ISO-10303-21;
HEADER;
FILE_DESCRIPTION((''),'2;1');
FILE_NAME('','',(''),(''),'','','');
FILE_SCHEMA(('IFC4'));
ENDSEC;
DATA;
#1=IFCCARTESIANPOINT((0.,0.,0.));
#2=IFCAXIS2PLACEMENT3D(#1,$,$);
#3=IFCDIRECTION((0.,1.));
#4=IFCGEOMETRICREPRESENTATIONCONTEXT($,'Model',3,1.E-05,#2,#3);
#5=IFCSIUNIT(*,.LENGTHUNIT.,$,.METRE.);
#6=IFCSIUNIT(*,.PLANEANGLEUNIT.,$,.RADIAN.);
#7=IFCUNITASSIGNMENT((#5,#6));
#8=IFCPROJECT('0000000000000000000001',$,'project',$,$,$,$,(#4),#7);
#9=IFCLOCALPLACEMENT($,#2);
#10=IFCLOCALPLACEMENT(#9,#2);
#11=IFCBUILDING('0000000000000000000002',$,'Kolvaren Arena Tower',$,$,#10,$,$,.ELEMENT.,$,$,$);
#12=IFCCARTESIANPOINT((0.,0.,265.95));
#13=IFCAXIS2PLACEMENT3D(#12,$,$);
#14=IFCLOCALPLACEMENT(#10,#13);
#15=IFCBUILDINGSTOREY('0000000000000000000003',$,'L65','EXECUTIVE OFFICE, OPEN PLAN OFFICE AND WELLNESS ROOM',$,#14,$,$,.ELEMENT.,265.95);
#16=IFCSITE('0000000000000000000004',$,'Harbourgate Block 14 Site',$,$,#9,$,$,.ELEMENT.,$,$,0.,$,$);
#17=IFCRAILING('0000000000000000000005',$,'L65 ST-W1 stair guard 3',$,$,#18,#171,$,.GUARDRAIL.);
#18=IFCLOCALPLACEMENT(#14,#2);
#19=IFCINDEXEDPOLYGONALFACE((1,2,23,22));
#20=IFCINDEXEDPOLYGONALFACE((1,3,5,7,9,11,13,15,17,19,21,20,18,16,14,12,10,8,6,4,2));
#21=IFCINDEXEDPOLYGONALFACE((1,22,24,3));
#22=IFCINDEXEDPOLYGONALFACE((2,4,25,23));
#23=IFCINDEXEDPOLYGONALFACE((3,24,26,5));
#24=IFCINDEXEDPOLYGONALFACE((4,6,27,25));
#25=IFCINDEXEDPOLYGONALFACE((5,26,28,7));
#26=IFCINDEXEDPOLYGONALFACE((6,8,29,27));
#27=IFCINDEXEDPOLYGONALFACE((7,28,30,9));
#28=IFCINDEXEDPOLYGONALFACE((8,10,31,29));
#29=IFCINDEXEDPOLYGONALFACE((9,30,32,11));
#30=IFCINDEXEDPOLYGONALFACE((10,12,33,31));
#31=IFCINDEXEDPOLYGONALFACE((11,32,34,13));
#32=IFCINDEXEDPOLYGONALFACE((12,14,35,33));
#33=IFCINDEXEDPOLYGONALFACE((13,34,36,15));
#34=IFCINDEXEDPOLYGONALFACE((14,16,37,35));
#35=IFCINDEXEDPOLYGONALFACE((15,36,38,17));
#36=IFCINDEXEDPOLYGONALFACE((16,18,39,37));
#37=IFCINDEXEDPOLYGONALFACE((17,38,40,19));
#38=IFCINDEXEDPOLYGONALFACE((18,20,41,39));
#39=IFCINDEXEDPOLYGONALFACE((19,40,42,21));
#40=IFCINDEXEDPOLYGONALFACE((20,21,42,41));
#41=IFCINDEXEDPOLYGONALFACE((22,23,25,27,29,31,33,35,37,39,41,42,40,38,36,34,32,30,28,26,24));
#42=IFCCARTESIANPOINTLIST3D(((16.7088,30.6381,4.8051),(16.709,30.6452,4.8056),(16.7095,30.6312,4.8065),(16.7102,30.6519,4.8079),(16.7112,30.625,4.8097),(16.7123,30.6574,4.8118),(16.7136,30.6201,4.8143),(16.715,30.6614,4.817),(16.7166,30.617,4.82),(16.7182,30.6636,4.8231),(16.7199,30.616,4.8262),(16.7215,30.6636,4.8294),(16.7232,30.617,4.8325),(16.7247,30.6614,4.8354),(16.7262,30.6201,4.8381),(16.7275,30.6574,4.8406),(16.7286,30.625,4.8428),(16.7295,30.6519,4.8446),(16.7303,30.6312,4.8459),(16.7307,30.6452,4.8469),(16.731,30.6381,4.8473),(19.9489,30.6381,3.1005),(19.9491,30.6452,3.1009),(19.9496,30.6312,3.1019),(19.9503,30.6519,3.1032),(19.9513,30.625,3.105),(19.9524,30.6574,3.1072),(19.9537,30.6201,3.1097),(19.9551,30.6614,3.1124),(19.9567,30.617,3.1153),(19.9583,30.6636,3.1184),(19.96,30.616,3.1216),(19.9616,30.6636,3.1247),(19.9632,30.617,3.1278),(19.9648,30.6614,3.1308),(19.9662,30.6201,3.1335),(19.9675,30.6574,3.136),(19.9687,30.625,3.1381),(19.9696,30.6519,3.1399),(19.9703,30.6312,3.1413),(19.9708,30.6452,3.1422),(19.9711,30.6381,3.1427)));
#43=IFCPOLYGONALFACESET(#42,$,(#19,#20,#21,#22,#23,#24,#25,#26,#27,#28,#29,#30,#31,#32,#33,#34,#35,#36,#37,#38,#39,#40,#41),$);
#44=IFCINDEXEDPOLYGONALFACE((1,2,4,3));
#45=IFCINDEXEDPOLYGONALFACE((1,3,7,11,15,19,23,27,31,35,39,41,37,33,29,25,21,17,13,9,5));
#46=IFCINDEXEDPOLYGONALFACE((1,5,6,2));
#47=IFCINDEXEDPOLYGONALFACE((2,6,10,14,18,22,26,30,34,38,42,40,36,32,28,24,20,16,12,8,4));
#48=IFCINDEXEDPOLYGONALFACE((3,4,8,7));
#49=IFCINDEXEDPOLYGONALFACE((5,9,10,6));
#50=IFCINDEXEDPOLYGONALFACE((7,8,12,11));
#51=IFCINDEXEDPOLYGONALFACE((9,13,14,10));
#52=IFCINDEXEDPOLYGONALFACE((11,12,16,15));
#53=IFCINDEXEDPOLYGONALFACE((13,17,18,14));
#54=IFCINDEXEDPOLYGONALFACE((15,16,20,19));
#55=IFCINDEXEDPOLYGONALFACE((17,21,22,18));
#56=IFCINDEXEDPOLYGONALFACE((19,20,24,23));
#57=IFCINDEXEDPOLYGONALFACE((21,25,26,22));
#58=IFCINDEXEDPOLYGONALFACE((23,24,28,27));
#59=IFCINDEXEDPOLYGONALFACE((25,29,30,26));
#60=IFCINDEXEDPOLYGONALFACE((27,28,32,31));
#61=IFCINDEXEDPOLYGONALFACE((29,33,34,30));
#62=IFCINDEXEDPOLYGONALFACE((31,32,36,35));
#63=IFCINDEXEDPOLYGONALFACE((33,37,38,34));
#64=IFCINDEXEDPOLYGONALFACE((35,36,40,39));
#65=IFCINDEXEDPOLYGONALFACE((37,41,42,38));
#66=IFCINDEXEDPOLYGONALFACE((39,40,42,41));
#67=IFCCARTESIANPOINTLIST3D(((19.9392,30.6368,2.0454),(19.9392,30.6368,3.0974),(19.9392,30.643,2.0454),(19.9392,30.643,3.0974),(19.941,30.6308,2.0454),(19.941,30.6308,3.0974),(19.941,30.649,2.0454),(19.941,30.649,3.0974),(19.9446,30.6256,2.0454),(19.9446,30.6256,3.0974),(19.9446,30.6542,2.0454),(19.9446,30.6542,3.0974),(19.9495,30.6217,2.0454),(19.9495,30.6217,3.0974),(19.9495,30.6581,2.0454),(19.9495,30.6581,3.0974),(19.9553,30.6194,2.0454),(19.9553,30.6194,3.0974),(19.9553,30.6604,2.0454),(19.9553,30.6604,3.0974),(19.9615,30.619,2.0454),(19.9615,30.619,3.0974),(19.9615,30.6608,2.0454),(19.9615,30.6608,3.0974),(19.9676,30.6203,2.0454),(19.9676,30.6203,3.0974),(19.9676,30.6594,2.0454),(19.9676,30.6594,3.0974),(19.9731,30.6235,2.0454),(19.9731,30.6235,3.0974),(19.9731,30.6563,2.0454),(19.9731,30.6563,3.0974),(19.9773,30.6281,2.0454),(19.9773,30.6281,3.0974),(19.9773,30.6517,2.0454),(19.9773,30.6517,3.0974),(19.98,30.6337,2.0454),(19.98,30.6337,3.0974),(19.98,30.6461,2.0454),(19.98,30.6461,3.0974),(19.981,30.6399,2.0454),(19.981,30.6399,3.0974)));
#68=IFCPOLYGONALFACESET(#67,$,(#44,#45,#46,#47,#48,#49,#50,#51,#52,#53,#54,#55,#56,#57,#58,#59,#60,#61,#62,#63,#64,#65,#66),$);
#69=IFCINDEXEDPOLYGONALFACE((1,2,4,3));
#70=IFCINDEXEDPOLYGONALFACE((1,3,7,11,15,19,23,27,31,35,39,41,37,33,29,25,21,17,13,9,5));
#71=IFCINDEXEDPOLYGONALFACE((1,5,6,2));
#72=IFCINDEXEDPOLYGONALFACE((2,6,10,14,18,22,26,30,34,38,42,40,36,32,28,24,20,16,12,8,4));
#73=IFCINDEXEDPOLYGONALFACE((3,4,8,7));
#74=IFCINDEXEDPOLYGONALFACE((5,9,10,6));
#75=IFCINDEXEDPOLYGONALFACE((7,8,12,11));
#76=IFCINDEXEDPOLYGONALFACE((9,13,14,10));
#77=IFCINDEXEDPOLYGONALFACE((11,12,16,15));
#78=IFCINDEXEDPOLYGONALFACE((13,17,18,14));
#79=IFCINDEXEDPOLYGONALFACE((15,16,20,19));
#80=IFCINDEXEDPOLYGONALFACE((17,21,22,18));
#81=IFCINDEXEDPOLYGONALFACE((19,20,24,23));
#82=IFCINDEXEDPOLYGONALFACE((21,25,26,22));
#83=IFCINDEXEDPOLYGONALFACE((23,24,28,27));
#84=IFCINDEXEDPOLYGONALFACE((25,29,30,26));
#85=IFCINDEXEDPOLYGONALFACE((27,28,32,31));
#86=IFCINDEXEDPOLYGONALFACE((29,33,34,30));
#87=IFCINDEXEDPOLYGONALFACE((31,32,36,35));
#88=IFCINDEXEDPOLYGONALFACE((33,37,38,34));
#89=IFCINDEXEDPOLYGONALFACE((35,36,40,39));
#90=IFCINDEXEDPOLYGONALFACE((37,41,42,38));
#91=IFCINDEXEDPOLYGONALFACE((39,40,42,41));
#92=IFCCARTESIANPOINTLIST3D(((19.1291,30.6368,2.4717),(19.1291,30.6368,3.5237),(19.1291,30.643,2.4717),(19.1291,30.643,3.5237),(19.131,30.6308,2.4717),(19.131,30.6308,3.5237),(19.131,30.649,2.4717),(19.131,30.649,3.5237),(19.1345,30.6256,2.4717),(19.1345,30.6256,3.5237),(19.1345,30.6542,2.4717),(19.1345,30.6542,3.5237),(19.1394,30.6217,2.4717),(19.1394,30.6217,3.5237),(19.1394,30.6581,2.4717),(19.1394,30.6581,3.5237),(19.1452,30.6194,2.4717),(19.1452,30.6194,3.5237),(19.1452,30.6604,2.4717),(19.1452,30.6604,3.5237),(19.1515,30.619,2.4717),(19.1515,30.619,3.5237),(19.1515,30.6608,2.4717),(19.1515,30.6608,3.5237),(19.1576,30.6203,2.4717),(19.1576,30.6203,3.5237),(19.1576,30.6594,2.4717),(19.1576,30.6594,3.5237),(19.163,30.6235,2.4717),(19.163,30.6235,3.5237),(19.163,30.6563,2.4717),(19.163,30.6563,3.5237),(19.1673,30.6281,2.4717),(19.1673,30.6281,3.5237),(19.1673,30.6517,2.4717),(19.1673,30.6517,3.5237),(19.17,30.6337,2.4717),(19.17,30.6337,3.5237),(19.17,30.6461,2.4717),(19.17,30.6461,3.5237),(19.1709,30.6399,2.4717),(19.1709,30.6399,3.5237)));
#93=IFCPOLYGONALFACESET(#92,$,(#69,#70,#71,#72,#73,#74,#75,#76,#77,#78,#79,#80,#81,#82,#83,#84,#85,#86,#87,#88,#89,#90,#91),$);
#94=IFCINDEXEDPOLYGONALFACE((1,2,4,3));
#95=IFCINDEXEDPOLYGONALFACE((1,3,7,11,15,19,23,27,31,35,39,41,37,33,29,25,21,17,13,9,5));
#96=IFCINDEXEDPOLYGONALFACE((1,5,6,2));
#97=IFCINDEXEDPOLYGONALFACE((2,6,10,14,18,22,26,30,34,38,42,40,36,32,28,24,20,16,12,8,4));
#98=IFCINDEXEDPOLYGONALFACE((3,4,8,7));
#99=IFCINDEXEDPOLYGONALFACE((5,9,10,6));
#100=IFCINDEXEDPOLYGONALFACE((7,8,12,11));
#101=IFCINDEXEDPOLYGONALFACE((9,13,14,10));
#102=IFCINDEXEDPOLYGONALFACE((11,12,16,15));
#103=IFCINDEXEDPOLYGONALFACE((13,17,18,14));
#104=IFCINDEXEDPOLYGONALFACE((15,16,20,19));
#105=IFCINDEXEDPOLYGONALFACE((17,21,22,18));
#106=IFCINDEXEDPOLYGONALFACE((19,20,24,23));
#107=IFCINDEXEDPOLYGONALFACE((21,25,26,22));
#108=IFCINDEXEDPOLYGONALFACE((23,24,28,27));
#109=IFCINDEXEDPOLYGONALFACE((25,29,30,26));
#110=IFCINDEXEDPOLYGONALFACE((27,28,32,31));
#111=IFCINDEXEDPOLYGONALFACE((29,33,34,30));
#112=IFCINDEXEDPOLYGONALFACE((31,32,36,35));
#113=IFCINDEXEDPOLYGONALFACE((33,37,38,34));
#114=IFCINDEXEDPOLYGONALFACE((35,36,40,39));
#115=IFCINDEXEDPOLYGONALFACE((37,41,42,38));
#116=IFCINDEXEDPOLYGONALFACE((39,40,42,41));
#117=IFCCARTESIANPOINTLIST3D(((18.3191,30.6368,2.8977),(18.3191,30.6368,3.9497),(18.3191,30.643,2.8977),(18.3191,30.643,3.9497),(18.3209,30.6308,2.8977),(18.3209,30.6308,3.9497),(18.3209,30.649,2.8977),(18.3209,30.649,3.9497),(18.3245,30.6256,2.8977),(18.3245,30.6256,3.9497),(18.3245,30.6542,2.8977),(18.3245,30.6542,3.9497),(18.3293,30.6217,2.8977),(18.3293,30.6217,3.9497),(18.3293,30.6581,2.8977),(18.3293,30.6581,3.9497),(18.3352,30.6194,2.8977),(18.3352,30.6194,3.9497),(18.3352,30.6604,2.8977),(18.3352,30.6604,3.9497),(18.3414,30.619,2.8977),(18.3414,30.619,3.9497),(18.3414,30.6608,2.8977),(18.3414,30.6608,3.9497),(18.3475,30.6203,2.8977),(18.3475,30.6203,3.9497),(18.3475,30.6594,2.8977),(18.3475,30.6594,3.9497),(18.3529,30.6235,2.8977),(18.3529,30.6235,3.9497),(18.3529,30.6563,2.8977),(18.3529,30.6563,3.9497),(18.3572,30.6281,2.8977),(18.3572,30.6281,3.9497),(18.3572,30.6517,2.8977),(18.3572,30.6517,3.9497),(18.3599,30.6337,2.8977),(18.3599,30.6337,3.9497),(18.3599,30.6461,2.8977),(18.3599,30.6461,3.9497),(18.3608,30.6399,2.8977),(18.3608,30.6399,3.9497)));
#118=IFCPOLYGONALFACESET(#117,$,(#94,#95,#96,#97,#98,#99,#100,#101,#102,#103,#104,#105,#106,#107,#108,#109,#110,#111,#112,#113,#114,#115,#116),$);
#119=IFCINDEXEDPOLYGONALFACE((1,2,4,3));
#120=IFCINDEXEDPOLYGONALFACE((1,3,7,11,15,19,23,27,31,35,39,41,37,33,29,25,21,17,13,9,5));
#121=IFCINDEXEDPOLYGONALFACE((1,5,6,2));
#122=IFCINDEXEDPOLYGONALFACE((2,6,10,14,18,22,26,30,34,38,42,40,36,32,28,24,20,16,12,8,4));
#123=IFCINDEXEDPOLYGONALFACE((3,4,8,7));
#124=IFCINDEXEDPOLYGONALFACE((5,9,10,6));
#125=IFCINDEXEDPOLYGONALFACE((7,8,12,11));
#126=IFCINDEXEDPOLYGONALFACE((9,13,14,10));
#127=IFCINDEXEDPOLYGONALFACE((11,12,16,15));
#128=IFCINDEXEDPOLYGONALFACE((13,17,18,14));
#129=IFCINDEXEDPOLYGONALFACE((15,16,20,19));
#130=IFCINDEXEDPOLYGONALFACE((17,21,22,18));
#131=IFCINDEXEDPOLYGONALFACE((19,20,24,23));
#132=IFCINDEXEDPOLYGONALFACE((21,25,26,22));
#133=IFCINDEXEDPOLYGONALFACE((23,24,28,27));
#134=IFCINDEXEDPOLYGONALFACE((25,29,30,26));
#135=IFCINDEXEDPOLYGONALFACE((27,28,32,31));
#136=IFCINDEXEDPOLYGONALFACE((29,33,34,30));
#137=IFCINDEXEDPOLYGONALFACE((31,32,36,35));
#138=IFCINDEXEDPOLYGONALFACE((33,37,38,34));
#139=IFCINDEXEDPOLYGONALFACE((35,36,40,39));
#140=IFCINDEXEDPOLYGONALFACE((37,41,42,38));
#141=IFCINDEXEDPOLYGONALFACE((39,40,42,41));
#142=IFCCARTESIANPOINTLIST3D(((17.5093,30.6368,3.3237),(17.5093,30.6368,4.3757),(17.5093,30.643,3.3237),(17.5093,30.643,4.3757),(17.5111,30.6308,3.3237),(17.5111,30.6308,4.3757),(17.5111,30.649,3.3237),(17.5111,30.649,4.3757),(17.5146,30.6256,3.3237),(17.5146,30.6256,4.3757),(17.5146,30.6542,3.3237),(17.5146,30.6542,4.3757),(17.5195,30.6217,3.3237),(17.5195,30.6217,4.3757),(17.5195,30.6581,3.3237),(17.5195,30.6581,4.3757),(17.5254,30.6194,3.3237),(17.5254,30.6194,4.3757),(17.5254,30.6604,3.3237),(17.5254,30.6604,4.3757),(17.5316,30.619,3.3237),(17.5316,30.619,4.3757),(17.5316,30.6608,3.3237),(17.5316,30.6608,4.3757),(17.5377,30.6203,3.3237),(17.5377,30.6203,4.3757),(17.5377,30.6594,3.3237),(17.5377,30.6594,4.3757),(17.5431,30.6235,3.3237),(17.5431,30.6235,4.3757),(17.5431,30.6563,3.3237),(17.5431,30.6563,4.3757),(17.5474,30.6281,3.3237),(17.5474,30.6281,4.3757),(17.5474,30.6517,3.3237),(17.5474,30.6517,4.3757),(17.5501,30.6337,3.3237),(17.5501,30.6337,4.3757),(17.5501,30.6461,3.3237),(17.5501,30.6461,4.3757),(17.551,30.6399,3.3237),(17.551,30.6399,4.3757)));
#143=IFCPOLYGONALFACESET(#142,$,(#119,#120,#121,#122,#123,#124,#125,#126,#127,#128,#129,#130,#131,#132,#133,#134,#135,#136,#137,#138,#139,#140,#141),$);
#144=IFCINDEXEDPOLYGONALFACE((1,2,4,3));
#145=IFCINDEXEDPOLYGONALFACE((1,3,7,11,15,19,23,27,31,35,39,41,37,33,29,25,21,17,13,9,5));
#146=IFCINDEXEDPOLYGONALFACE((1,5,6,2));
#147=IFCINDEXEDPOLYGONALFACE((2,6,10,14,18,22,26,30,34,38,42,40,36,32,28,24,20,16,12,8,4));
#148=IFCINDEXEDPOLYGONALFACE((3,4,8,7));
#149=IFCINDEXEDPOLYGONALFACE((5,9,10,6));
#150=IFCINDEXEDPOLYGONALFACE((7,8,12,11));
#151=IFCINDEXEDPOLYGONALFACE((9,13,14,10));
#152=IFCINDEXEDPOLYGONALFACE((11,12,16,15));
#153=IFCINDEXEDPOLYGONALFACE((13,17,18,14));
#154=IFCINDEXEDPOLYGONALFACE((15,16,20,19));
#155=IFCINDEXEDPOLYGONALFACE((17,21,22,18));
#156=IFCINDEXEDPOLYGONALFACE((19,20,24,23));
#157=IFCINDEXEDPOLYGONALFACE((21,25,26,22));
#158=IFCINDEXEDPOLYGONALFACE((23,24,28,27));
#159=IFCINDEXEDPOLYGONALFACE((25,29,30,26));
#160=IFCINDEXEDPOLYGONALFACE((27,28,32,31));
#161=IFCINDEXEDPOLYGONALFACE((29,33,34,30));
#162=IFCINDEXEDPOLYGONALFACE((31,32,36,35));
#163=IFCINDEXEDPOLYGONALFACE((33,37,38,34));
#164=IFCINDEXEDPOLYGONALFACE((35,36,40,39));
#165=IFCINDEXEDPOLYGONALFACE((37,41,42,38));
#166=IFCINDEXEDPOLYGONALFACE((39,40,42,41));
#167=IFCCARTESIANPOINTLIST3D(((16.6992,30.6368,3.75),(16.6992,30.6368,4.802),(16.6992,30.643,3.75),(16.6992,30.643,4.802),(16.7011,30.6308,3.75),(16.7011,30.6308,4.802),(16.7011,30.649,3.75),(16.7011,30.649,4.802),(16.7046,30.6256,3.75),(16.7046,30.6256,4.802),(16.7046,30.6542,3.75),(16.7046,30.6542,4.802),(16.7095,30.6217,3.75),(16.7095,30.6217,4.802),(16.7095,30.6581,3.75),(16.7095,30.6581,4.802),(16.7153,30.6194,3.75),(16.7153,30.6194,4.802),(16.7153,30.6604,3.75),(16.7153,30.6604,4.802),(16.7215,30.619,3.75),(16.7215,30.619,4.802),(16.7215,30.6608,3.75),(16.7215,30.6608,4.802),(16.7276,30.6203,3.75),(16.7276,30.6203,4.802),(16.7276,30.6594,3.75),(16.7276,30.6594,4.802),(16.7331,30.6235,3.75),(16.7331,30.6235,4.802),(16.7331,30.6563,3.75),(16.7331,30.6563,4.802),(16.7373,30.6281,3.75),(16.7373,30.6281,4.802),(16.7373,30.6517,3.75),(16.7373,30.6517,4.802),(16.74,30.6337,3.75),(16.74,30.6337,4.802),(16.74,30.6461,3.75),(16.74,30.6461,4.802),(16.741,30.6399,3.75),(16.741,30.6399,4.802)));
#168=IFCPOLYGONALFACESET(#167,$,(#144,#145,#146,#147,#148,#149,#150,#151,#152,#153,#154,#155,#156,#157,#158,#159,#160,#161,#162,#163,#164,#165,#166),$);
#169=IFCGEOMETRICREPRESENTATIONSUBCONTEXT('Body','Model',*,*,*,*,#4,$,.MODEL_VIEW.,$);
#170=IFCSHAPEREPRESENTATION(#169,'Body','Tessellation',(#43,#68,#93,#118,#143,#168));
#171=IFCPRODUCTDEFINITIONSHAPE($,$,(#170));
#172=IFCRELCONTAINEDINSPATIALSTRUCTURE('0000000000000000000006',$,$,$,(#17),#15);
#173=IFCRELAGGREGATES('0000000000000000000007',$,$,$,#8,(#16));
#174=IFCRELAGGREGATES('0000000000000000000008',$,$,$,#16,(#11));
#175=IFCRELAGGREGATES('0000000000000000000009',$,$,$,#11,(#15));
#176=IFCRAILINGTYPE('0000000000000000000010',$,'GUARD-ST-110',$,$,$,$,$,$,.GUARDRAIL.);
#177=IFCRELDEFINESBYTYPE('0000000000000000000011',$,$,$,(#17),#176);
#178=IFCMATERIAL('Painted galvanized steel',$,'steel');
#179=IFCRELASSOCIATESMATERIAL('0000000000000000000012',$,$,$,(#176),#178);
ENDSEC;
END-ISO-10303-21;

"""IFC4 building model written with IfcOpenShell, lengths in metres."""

from ifc_helpers import new_model, si_unit, direction, frame, origin, origin_2d, place, context, subcontext, project, spatial, circle, extrude, material, type_object, element, save


model = new_model("IFC4")

# Units and contexts
model_context = context("Model", 3, precision=1e-05, world=origin(), true_north=direction((0.0, 1.0)))
body_context = subcontext(model_context, "Body", "Model", "MODEL_VIEW")
ifc_project = project(units=[si_unit("LENGTHUNIT", "METRE"), si_unit("PLANEANGLEUNIT", "RADIAN")], contexts=[model_context])

# Site, building, storey
site_placement = place(None, origin())
site = spatial("IfcSite", under=ifc_project, at=site_placement, Name="Harbourgate Block 14 Site", CompositionType="ELEMENT", RefElevation=0.0)
building_placement = place(site_placement, origin())
building = spatial("IfcBuilding", under=site, at=building_placement, Name="Kolvaren Arena Tower", CompositionType="ELEMENT")
storey_placement = place(building_placement, frame((0.0, 0.0, 265.95)))
storey = spatial("IfcBuildingStorey", under=building, at=storey_placement, Name="L65", Description="EXECUTIVE OFFICE, OPEN PLAN OFFICE AND WELLNESS ROOM", CompositionType="ELEMENT", Elevation=265.95)

# Railing
ifc_material_1 = material(Name="Painted galvanized steel", Category="steel")
railing_type_1 = type_object("IfcRailingType", Name="GUARD-ST-110", PredefinedType="GUARDRAIL", material=ifc_material_1)
railing_1_placement = place(storey_placement, frame((19.96, 30.6399, 2.0454)))
element("IfcRailing", 1, at=railing_1_placement, inside=storey, type_object=railing_type_1, Name="L65 ST-W1 stair guard 3", PredefinedType="GUARDRAIL", context=body_context, shape_type="SweptSolid", body=[
    extrude(circle(Radius=0.0239, at=origin_2d()), frame((0.0, 0.0, 1.0762), z_axis=(-0.884993, 0.0, 0.465604), x_axis=(0.0, -1.0, 0.0)), (0.0, 0.0, 1.0), 3.6611),
    extrude(circle(Radius=0.021, at=origin_2d()), origin(), (0.0, 0.0, 1.0), 1.052),
    extrude(circle(Radius=0.021, at=origin_2d()), frame((-0.8101, 0.0, 0.4263)), (0.0, 0.0, 1.0), 1.052),
    extrude(circle(Radius=0.021, at=origin_2d()), frame((-1.6201, 0.0, 0.8523)), (0.0, 0.0, 1.0), 1.052),
    extrude(circle(Radius=0.021, at=origin_2d()), frame((-2.4299, 0.0, 1.2783)), (0.0, 0.0, 1.0), 1.052),
    extrude(circle(Radius=0.021, at=origin_2d()), frame((-3.24, 0.0, 1.7046)), (0.0, 0.0, 1.0), 1.052),
])

save(model, "model.ifc")
